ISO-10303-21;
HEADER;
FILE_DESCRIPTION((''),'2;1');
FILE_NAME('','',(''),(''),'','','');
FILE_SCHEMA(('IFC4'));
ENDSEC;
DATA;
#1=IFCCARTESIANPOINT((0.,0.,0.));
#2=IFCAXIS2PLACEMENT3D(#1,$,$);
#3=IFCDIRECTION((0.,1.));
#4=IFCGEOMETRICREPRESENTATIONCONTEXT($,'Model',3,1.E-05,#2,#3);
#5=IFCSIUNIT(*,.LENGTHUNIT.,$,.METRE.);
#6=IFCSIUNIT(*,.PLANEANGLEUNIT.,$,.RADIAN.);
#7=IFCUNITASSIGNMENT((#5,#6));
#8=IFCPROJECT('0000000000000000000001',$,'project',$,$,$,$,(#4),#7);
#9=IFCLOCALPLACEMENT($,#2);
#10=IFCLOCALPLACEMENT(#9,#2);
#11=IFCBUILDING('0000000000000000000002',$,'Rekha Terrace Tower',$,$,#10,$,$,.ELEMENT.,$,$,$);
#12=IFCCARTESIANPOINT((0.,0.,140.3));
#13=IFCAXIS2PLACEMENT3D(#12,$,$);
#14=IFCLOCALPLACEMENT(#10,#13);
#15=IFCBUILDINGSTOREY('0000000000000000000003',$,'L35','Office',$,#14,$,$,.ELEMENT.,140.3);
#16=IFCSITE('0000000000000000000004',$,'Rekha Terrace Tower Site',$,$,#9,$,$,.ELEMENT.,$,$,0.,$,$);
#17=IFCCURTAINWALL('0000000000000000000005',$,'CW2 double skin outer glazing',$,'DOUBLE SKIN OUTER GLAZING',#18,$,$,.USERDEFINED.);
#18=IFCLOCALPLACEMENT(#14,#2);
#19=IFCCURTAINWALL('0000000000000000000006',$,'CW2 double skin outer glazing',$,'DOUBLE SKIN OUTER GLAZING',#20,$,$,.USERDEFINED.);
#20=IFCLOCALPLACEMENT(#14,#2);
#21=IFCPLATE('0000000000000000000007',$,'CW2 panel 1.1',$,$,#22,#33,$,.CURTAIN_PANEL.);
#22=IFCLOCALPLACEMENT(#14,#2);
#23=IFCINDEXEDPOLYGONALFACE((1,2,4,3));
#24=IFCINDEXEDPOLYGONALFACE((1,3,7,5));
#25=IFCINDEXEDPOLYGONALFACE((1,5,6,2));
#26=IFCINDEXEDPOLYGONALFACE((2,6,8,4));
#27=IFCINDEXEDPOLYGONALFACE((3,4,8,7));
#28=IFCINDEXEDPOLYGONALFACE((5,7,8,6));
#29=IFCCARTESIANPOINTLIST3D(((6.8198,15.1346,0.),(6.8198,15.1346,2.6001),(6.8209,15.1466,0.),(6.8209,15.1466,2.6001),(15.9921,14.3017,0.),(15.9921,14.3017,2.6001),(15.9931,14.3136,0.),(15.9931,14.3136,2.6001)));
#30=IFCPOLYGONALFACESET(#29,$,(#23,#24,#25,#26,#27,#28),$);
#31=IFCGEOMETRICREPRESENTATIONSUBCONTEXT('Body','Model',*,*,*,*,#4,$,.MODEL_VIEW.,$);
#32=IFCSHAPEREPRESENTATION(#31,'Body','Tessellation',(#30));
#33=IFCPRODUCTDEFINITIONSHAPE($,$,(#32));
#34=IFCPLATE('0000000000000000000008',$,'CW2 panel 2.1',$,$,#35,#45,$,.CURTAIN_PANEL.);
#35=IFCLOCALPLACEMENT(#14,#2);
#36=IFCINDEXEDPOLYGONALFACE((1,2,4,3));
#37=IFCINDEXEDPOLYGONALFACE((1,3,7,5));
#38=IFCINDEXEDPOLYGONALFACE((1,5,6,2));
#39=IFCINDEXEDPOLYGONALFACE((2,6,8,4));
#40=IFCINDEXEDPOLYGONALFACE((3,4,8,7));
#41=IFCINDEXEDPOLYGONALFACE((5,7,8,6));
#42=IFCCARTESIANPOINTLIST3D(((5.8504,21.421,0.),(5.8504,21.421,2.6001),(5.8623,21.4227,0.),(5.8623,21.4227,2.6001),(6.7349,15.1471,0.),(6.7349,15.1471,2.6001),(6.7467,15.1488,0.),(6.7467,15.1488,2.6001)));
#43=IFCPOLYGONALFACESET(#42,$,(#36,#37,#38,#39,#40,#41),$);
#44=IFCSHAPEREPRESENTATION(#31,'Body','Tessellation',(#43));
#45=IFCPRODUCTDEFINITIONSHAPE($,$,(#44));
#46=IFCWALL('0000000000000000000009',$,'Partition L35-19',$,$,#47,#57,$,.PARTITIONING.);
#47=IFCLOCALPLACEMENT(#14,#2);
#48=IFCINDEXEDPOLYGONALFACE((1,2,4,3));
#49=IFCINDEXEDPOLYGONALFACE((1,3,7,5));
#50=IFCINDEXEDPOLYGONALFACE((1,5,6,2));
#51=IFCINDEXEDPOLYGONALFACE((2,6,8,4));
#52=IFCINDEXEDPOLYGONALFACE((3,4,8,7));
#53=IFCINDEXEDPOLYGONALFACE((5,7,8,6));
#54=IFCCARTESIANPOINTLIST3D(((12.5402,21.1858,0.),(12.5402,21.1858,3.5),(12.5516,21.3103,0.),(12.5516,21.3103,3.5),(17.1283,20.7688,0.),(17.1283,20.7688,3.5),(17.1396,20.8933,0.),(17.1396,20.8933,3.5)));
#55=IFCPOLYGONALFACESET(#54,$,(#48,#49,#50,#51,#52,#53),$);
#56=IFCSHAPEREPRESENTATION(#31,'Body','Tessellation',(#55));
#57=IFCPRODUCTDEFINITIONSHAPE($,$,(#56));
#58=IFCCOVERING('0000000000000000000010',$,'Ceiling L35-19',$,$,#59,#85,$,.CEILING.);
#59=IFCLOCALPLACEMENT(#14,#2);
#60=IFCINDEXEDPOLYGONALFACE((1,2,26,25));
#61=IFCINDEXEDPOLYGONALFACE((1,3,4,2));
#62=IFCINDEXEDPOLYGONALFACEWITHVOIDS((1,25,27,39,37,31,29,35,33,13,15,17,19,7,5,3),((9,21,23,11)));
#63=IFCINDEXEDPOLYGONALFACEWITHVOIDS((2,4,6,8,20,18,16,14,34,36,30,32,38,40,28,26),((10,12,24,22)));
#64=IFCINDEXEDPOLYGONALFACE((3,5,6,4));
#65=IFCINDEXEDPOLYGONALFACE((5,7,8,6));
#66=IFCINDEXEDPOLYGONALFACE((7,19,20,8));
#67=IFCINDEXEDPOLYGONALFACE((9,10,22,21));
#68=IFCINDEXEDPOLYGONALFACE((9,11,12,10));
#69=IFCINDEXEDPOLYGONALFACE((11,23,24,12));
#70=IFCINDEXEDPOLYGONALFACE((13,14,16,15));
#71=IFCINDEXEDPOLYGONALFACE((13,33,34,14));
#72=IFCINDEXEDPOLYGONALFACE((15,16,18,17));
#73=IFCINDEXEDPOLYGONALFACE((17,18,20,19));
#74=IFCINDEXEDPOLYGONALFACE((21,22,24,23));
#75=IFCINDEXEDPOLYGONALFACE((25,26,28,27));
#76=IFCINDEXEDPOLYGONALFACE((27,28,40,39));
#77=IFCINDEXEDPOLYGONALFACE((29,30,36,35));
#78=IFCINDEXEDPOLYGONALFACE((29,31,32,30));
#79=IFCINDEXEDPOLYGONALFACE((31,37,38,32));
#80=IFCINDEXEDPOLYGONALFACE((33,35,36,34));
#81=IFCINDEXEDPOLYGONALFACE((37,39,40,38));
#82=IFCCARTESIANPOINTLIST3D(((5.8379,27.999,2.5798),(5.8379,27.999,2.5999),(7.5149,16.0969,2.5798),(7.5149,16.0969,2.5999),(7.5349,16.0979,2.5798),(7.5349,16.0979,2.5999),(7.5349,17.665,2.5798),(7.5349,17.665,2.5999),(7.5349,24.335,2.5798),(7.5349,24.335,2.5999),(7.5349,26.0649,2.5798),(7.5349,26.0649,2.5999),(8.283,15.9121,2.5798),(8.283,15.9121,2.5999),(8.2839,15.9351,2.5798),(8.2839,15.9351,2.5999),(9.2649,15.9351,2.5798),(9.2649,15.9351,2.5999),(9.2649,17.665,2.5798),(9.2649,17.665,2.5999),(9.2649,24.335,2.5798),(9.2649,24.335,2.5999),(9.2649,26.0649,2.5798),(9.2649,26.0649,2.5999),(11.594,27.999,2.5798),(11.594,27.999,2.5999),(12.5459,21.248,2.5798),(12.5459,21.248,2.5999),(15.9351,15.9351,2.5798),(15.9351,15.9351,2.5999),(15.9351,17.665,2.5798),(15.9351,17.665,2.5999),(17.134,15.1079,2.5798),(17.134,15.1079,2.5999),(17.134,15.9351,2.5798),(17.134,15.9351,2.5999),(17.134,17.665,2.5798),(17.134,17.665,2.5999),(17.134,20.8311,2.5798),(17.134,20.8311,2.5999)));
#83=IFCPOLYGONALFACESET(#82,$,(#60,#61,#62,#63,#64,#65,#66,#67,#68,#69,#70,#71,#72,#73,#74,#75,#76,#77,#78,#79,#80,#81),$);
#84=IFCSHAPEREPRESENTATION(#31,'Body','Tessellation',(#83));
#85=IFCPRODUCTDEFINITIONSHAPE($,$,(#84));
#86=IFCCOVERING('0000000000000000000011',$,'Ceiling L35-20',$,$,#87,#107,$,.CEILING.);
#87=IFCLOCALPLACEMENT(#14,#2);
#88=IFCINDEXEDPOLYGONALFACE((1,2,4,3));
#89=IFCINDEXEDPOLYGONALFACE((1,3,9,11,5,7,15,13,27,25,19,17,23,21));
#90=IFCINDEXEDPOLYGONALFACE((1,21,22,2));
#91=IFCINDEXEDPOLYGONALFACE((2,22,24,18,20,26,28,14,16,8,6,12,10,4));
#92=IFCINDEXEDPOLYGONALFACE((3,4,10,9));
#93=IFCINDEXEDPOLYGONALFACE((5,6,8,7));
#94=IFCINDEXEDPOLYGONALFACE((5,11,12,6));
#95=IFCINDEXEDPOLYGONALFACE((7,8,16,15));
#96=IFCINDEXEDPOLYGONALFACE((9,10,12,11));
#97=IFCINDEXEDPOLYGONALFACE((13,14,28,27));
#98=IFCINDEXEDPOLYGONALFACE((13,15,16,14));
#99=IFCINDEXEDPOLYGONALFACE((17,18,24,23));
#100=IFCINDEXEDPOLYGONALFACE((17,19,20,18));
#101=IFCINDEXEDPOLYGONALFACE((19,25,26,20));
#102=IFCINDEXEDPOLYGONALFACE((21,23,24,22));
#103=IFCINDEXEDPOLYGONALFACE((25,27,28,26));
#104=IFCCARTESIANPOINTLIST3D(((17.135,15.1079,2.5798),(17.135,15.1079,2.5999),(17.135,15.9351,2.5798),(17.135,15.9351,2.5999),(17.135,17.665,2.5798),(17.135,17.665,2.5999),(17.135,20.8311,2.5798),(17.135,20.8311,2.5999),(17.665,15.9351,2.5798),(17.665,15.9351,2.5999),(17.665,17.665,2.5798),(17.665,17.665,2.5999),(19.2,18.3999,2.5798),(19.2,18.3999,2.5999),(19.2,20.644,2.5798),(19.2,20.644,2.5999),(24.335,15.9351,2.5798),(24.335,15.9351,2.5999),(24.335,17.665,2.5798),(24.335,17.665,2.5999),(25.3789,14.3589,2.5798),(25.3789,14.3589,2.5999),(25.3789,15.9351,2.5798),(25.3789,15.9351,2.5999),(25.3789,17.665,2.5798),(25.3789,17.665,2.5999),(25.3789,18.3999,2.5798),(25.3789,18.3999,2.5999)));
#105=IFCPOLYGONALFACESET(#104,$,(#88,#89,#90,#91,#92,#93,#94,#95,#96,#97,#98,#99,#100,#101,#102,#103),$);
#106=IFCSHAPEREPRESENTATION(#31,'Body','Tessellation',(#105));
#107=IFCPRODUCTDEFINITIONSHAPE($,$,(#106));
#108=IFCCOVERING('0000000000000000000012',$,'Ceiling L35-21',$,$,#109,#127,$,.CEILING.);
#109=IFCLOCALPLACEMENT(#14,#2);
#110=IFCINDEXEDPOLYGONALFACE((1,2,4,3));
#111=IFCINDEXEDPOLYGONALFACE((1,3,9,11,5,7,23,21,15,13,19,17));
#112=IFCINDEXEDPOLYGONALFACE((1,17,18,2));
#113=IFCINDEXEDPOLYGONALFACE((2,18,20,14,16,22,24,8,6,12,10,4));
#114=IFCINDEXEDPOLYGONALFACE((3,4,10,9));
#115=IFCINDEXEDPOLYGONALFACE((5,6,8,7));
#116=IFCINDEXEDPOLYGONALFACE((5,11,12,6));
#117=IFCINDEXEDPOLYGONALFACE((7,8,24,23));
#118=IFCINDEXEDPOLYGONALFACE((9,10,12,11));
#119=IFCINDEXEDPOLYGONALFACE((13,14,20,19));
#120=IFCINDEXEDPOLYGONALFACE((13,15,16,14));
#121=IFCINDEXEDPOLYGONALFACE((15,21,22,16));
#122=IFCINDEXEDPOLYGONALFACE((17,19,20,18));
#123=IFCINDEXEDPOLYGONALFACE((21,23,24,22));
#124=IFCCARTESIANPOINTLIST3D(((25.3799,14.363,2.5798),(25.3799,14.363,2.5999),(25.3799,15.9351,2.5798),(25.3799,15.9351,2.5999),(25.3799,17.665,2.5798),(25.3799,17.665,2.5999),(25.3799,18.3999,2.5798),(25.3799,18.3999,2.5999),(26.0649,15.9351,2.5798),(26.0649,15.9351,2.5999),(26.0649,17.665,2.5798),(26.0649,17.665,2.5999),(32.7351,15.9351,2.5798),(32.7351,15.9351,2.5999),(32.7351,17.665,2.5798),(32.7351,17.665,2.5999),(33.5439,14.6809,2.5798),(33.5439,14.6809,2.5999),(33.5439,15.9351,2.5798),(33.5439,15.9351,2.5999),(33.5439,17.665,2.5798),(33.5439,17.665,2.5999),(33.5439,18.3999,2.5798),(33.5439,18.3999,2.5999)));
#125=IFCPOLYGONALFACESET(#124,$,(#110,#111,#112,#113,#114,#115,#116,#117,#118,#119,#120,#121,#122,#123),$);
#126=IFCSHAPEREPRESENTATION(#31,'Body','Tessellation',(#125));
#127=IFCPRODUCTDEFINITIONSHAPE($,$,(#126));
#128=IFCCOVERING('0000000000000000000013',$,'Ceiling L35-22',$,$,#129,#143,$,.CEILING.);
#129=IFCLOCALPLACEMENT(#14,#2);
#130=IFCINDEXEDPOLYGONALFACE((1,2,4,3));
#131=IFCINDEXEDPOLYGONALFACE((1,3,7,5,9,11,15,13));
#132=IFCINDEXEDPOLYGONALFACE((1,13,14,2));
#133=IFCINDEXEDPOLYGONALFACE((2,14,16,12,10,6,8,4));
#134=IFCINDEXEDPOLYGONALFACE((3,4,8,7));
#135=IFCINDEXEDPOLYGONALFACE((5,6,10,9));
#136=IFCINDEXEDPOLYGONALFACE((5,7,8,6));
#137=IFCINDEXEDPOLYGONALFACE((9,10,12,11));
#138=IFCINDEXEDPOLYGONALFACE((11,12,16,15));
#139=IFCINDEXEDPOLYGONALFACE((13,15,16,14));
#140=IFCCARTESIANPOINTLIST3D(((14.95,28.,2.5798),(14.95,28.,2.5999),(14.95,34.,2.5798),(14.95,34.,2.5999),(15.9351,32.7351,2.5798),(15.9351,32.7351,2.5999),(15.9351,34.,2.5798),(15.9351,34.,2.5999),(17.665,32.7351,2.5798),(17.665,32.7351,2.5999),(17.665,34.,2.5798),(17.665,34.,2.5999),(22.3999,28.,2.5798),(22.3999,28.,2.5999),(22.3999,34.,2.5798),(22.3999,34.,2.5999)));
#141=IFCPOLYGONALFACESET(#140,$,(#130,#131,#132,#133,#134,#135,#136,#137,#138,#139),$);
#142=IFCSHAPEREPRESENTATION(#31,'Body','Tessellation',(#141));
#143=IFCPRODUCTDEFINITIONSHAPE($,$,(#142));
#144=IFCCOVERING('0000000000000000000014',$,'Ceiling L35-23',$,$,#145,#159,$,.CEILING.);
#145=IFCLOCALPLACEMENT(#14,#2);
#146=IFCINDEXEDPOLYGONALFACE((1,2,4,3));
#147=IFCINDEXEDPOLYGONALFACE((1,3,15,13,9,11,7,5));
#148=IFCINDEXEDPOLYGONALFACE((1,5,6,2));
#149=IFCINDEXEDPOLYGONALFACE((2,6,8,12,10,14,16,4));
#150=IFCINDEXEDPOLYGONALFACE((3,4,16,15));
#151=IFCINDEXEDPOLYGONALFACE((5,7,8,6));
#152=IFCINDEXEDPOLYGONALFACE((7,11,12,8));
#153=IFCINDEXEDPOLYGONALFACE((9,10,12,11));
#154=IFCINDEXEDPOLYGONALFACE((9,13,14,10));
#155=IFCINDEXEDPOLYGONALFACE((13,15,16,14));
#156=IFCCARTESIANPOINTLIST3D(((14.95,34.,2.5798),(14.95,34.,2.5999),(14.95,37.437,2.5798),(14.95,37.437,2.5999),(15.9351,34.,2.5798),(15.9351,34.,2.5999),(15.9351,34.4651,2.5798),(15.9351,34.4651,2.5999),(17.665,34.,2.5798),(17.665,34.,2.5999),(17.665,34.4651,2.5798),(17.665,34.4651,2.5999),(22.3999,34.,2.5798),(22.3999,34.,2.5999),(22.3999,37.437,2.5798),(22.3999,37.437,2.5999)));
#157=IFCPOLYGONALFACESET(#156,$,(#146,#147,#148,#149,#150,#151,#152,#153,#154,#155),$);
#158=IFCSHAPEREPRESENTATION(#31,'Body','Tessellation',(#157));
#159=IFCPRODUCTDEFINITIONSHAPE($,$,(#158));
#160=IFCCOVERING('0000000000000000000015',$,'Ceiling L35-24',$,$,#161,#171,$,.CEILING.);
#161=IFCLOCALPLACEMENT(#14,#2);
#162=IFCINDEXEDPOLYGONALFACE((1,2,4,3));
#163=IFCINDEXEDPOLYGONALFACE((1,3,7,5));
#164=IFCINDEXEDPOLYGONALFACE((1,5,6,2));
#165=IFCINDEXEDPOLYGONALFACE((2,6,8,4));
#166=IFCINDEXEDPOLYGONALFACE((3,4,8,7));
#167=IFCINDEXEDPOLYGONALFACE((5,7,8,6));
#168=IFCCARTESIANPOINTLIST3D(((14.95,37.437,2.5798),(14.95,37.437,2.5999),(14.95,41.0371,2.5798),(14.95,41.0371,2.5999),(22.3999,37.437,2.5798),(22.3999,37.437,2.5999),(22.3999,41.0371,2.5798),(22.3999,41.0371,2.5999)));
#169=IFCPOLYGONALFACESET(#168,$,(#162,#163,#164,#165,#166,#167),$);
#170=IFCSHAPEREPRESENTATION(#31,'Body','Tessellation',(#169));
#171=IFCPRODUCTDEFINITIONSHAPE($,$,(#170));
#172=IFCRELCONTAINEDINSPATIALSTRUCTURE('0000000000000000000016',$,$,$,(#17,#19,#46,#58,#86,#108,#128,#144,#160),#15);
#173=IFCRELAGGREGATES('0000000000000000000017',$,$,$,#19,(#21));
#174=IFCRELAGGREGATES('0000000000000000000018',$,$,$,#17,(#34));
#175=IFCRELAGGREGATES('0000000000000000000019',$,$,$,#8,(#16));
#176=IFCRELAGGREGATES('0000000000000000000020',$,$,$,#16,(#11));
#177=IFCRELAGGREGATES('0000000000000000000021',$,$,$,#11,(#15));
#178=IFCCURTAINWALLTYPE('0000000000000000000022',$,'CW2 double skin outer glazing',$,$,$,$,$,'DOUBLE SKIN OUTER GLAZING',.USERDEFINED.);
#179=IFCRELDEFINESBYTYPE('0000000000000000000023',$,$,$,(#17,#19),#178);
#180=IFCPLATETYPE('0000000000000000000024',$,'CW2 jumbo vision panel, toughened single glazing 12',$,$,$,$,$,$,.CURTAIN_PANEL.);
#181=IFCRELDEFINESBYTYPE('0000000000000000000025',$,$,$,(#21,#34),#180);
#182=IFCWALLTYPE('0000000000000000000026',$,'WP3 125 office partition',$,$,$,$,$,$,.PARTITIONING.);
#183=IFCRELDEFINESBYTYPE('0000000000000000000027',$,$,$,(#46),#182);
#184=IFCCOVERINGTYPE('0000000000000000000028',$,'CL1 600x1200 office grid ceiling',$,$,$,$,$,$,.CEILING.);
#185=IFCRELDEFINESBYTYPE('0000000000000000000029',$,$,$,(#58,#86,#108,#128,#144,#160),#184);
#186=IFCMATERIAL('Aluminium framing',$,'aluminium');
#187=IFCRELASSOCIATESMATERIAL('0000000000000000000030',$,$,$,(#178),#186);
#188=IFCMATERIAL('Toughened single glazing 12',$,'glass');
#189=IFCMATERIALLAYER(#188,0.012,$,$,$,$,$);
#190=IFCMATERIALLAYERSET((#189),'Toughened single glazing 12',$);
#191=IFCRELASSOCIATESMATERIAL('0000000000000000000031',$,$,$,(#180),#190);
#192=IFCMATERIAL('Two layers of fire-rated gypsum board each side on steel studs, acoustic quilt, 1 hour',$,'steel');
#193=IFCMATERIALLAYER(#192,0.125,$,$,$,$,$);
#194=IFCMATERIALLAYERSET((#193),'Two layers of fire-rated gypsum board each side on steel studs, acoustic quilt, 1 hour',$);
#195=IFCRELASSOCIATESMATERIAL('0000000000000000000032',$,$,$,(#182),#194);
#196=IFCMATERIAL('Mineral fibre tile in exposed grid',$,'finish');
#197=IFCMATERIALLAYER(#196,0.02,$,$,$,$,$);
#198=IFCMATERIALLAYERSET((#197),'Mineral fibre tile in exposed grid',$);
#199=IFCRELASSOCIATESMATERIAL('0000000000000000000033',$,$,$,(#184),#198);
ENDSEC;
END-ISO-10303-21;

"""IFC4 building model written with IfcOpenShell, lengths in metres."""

from ifc_helpers import new_model, si_unit, direction, frame, frame_2d, origin, origin_2d, place, context, subcontext, project, spatial, polyline, rectangle, outline, extrude, material, layer, layer_set, type_object, element, aggregate, save


model = new_model("IFC4")

# Units and contexts
model_context = context("Model", 3, precision=1e-05, world=origin(), true_north=direction((0.0, 1.0)))
body_context = subcontext(model_context, "Body", "Model", "MODEL_VIEW")
ifc_project = project(units=[si_unit("LENGTHUNIT", "METRE"), si_unit("PLANEANGLEUNIT", "RADIAN")], contexts=[model_context])

# Site, building, storey
site_placement = place(None, origin())
site = spatial("IfcSite", under=ifc_project, at=site_placement, Name="Rekha Terrace Tower Site", CompositionType="ELEMENT", RefElevation=0.0)
building_placement = place(site_placement, origin())
building = spatial("IfcBuilding", under=site, at=building_placement, Name="Rekha Terrace Tower", CompositionType="ELEMENT")
storey_placement = place(building_placement, frame((0.0, 0.0, 140.3)))
storey = spatial("IfcBuildingStorey", under=building, at=storey_placement, Name="L35", Description="Office", CompositionType="ELEMENT", Elevation=140.3)

# Curtain wall
ifc_material_1 = material(Name="Aluminium framing", Category="aluminium")
curtain_wall_type_1 = type_object("IfcCurtainWallType", Name="CW2 double skin outer glazing", ElementType="DOUBLE SKIN OUTER GLAZING", PredefinedType="USERDEFINED", material=ifc_material_1)
curtain_wall_1_placement = place(storey_placement, origin())
curtain_wall_1 = element("IfcCurtainWall", 1, at=curtain_wall_1_placement, inside=storey, type_object=curtain_wall_type_1, Name="CW2 double skin outer glazing", ObjectType="DOUBLE SKIN OUTER GLAZING", PredefinedType="USERDEFINED")

# Curtain wall
curtain_wall_2_placement = place(storey_placement, origin())
curtain_wall_2 = element("IfcCurtainWall", 2, at=curtain_wall_2_placement, inside=storey, type_object=curtain_wall_type_1, Name="CW2 double skin outer glazing", ObjectType="DOUBLE SKIN OUTER GLAZING", PredefinedType="USERDEFINED")

# Plates
ifc_material_2 = material(Name="Toughened single glazing 12", Category="glass")
ifc_layer_1 = layer(ifc_material_2, 0.012)
ifc_layer_set_1 = layer_set([ifc_layer_1], Name="Toughened single glazing 12")
plate_type_1 = type_object("IfcPlateType", Name="CW2 jumbo vision panel, toughened single glazing 12", PredefinedType="CURTAIN_PANEL", material=ifc_layer_set_1)
plate_1_placement = place(storey_placement, frame((11.4065, 14.7241, 0.0), z_axis=(0.0, 0.0, 1.0), x_axis=(0.995902, -0.09044, 0.0)))
plate_1 = element("IfcPlate", 3, at=plate_1_placement, type_object=plate_type_1, Name="CW2 panel 1.1", PredefinedType="CURTAIN_PANEL", context=body_context, shape_type="SweptSolid", body=[
    extrude(rectangle(XDim=9.21, YDim=0.012, at=origin_2d()), origin(), (0.0, 0.0, 1.0), 2.6001),
])
aggregate(curtain_wall_2, [plate_1])
plate_2_placement = place(storey_placement, frame((6.2986, 18.2849, 0.0), z_axis=(0.0, 0.0, 1.0), x_axis=(0.139597, -0.990208, 0.0)))
plate_2 = element("IfcPlate", 4, at=plate_2_placement, type_object=plate_type_1, Name="CW2 panel 2.1", PredefinedType="CURTAIN_PANEL", context=body_context, shape_type="SweptSolid", body=[
    extrude(rectangle(XDim=6.3359, YDim=0.012, at=origin_2d()), origin(), (0.0, 0.0, 1.0), 2.6001),
])
aggregate(curtain_wall_1, [plate_2])

# Wall
ifc_material_3 = material(Name="Two layers of fire-rated gypsum board each side on steel studs, acoustic quilt, 1 hour", Category="steel")
ifc_layer_2 = layer(ifc_material_3, 0.125)
ifc_layer_set_2 = layer_set([ifc_layer_2], Name="Two layers of fire-rated gypsum board each side on steel studs, acoustic quilt, 1 hour")
wall_type = type_object("IfcWallType", Name="WP3 125 office partition", PredefinedType="PARTITIONING", material=ifc_layer_set_2)
wall_placement = place(storey_placement, frame((12.5459, 21.248, 0.0), z_axis=(0.0, 0.0, 1.0), x_axis=(0.995895, -0.090512, 0.0)))
element("IfcWall", 5, at=wall_placement, inside=storey, type_object=wall_type, Name="Partition L35-19", PredefinedType="PARTITIONING", context=body_context, shape_type="SweptSolid", body=[
    extrude(rectangle(XDim=4.6069, YDim=0.125, at=frame_2d((2.3035, 0.0))), origin(), (0.0, 0.0, 1.0), 3.5),
])

# Coverings
ifc_material_4 = material(Name="Mineral fibre tile in exposed grid", Category="finish")
ifc_layer_3 = layer(ifc_material_4, 0.02)
ifc_layer_set_3 = layer_set([ifc_layer_3], Name="Mineral fibre tile in exposed grid")
covering_type_1 = type_object("IfcCoveringType", Name="CL1 600x1200 office grid ceiling", PredefinedType="CEILING", material=ifc_layer_set_3)
covering_1_placement = place(storey_placement, frame((0.0, 0.0, 2.5798)))
element("IfcCovering", 6, at=covering_1_placement, inside=storey, type_object=covering_type_1, Name="Ceiling L35-19", PredefinedType="CEILING", context=body_context, shape_type="SweptSolid", body=[
    extrude(outline(polyline([(7.5149, 16.0969), (7.5349, 16.0979), (7.5349, 17.665), (9.2649, 17.665), (9.2649, 15.9351), (8.2839, 15.9351), (8.283, 15.9121), (17.134, 15.1079), (17.134, 15.9351), (15.9351, 15.9351), (15.9351, 17.665), (17.134, 17.665), (17.134, 20.8311), (12.5459, 21.248), (11.594, 27.999), (5.8379, 27.999), (7.5149, 16.0969)]), holes=[polyline([(9.2649, 24.335), (7.5349, 24.335), (7.5349, 26.0649), (9.2649, 26.0649), (9.2649, 24.335)])]), origin(), (0.0, 0.0, 1.0), 0.02),
])
covering_2_placement = place(storey_placement, frame((0.0, 0.0, 2.5798)))
element("IfcCovering", 7, at=covering_2_placement, inside=storey, type_object=covering_type_1, Name="Ceiling L35-20", PredefinedType="CEILING", context=body_context, shape_type="SweptSolid", body=[
    extrude(outline(polyline([(17.665, 15.9351), (17.135, 15.9351), (17.135, 15.1079), (25.3789, 14.3589), (25.3789, 15.9351), (24.335, 15.9351), (24.335, 17.665), (25.3789, 17.665), (25.3789, 18.3999), (19.2, 18.3999), (19.2, 20.644), (17.135, 20.8311), (17.135, 17.665), (17.665, 17.665), (17.665, 15.9351)])), origin(), (0.0, 0.0, 1.0), 0.02),
])
covering_3_placement = place(storey_placement, frame((0.0, 0.0, 2.5798)))
element("IfcCovering", 8, at=covering_3_placement, inside=storey, type_object=covering_type_1, Name="Ceiling L35-21", PredefinedType="CEILING", context=body_context, shape_type="SweptSolid", body=[
    extrude(outline(polyline([(25.3799, 15.9351), (25.3799, 14.363), (33.5439, 14.6809), (33.5439, 15.9351), (32.7351, 15.9351), (32.7351, 17.665), (33.5439, 17.665), (33.5439, 18.3999), (25.3799, 18.3999), (25.3799, 17.665), (26.0649, 17.665), (26.0649, 15.9351), (25.3799, 15.9351)])), origin(), (0.0, 0.0, 1.0), 0.02),
])
covering_4_placement = place(storey_placement, frame((0.0, 0.0, 2.5798)))
element("IfcCovering", 9, at=covering_4_placement, inside=storey, type_object=covering_type_1, Name="Ceiling L35-22", PredefinedType="CEILING", context=body_context, shape_type="SweptSolid", body=[
    extrude(outline(polyline([(15.9351, 34.0), (14.95, 34.0), (14.95, 28.0), (22.3999, 28.0), (22.3999, 34.0), (17.665, 34.0), (17.665, 32.7351), (15.9351, 32.7351), (15.9351, 34.0)])), origin(), (0.0, 0.0, 1.0), 0.02),
])
covering_5_placement = place(storey_placement, frame((0.0, 0.0, 2.5798)))
element("IfcCovering", 10, at=covering_5_placement, inside=storey, type_object=covering_type_1, Name="Ceiling L35-23", PredefinedType="CEILING", context=body_context, shape_type="SweptSolid", body=[
    extrude(outline(polyline([(22.3999, 37.437), (14.95, 37.437), (14.95, 34.0), (15.9351, 34.0), (15.9351, 34.4651), (17.665, 34.4651), (17.665, 34.0), (22.3999, 34.0), (22.3999, 37.437)])), origin(), (0.0, 0.0, 1.0), 0.02),
])
covering_6_placement = place(storey_placement, frame((0.0, 0.0, 2.5798)))
element("IfcCovering", 11, at=covering_6_placement, inside=storey, type_object=covering_type_1, Name="Ceiling L35-24", PredefinedType="CEILING", context=body_context, shape_type="SweptSolid", body=[
    extrude(outline(polyline([(22.3999, 41.0371), (14.95, 41.0371), (14.95, 37.437), (22.3999, 37.437), (22.3999, 41.0371)])), origin(), (0.0, 0.0, 1.0), 0.02),
])

save(model, "model.ifc")
